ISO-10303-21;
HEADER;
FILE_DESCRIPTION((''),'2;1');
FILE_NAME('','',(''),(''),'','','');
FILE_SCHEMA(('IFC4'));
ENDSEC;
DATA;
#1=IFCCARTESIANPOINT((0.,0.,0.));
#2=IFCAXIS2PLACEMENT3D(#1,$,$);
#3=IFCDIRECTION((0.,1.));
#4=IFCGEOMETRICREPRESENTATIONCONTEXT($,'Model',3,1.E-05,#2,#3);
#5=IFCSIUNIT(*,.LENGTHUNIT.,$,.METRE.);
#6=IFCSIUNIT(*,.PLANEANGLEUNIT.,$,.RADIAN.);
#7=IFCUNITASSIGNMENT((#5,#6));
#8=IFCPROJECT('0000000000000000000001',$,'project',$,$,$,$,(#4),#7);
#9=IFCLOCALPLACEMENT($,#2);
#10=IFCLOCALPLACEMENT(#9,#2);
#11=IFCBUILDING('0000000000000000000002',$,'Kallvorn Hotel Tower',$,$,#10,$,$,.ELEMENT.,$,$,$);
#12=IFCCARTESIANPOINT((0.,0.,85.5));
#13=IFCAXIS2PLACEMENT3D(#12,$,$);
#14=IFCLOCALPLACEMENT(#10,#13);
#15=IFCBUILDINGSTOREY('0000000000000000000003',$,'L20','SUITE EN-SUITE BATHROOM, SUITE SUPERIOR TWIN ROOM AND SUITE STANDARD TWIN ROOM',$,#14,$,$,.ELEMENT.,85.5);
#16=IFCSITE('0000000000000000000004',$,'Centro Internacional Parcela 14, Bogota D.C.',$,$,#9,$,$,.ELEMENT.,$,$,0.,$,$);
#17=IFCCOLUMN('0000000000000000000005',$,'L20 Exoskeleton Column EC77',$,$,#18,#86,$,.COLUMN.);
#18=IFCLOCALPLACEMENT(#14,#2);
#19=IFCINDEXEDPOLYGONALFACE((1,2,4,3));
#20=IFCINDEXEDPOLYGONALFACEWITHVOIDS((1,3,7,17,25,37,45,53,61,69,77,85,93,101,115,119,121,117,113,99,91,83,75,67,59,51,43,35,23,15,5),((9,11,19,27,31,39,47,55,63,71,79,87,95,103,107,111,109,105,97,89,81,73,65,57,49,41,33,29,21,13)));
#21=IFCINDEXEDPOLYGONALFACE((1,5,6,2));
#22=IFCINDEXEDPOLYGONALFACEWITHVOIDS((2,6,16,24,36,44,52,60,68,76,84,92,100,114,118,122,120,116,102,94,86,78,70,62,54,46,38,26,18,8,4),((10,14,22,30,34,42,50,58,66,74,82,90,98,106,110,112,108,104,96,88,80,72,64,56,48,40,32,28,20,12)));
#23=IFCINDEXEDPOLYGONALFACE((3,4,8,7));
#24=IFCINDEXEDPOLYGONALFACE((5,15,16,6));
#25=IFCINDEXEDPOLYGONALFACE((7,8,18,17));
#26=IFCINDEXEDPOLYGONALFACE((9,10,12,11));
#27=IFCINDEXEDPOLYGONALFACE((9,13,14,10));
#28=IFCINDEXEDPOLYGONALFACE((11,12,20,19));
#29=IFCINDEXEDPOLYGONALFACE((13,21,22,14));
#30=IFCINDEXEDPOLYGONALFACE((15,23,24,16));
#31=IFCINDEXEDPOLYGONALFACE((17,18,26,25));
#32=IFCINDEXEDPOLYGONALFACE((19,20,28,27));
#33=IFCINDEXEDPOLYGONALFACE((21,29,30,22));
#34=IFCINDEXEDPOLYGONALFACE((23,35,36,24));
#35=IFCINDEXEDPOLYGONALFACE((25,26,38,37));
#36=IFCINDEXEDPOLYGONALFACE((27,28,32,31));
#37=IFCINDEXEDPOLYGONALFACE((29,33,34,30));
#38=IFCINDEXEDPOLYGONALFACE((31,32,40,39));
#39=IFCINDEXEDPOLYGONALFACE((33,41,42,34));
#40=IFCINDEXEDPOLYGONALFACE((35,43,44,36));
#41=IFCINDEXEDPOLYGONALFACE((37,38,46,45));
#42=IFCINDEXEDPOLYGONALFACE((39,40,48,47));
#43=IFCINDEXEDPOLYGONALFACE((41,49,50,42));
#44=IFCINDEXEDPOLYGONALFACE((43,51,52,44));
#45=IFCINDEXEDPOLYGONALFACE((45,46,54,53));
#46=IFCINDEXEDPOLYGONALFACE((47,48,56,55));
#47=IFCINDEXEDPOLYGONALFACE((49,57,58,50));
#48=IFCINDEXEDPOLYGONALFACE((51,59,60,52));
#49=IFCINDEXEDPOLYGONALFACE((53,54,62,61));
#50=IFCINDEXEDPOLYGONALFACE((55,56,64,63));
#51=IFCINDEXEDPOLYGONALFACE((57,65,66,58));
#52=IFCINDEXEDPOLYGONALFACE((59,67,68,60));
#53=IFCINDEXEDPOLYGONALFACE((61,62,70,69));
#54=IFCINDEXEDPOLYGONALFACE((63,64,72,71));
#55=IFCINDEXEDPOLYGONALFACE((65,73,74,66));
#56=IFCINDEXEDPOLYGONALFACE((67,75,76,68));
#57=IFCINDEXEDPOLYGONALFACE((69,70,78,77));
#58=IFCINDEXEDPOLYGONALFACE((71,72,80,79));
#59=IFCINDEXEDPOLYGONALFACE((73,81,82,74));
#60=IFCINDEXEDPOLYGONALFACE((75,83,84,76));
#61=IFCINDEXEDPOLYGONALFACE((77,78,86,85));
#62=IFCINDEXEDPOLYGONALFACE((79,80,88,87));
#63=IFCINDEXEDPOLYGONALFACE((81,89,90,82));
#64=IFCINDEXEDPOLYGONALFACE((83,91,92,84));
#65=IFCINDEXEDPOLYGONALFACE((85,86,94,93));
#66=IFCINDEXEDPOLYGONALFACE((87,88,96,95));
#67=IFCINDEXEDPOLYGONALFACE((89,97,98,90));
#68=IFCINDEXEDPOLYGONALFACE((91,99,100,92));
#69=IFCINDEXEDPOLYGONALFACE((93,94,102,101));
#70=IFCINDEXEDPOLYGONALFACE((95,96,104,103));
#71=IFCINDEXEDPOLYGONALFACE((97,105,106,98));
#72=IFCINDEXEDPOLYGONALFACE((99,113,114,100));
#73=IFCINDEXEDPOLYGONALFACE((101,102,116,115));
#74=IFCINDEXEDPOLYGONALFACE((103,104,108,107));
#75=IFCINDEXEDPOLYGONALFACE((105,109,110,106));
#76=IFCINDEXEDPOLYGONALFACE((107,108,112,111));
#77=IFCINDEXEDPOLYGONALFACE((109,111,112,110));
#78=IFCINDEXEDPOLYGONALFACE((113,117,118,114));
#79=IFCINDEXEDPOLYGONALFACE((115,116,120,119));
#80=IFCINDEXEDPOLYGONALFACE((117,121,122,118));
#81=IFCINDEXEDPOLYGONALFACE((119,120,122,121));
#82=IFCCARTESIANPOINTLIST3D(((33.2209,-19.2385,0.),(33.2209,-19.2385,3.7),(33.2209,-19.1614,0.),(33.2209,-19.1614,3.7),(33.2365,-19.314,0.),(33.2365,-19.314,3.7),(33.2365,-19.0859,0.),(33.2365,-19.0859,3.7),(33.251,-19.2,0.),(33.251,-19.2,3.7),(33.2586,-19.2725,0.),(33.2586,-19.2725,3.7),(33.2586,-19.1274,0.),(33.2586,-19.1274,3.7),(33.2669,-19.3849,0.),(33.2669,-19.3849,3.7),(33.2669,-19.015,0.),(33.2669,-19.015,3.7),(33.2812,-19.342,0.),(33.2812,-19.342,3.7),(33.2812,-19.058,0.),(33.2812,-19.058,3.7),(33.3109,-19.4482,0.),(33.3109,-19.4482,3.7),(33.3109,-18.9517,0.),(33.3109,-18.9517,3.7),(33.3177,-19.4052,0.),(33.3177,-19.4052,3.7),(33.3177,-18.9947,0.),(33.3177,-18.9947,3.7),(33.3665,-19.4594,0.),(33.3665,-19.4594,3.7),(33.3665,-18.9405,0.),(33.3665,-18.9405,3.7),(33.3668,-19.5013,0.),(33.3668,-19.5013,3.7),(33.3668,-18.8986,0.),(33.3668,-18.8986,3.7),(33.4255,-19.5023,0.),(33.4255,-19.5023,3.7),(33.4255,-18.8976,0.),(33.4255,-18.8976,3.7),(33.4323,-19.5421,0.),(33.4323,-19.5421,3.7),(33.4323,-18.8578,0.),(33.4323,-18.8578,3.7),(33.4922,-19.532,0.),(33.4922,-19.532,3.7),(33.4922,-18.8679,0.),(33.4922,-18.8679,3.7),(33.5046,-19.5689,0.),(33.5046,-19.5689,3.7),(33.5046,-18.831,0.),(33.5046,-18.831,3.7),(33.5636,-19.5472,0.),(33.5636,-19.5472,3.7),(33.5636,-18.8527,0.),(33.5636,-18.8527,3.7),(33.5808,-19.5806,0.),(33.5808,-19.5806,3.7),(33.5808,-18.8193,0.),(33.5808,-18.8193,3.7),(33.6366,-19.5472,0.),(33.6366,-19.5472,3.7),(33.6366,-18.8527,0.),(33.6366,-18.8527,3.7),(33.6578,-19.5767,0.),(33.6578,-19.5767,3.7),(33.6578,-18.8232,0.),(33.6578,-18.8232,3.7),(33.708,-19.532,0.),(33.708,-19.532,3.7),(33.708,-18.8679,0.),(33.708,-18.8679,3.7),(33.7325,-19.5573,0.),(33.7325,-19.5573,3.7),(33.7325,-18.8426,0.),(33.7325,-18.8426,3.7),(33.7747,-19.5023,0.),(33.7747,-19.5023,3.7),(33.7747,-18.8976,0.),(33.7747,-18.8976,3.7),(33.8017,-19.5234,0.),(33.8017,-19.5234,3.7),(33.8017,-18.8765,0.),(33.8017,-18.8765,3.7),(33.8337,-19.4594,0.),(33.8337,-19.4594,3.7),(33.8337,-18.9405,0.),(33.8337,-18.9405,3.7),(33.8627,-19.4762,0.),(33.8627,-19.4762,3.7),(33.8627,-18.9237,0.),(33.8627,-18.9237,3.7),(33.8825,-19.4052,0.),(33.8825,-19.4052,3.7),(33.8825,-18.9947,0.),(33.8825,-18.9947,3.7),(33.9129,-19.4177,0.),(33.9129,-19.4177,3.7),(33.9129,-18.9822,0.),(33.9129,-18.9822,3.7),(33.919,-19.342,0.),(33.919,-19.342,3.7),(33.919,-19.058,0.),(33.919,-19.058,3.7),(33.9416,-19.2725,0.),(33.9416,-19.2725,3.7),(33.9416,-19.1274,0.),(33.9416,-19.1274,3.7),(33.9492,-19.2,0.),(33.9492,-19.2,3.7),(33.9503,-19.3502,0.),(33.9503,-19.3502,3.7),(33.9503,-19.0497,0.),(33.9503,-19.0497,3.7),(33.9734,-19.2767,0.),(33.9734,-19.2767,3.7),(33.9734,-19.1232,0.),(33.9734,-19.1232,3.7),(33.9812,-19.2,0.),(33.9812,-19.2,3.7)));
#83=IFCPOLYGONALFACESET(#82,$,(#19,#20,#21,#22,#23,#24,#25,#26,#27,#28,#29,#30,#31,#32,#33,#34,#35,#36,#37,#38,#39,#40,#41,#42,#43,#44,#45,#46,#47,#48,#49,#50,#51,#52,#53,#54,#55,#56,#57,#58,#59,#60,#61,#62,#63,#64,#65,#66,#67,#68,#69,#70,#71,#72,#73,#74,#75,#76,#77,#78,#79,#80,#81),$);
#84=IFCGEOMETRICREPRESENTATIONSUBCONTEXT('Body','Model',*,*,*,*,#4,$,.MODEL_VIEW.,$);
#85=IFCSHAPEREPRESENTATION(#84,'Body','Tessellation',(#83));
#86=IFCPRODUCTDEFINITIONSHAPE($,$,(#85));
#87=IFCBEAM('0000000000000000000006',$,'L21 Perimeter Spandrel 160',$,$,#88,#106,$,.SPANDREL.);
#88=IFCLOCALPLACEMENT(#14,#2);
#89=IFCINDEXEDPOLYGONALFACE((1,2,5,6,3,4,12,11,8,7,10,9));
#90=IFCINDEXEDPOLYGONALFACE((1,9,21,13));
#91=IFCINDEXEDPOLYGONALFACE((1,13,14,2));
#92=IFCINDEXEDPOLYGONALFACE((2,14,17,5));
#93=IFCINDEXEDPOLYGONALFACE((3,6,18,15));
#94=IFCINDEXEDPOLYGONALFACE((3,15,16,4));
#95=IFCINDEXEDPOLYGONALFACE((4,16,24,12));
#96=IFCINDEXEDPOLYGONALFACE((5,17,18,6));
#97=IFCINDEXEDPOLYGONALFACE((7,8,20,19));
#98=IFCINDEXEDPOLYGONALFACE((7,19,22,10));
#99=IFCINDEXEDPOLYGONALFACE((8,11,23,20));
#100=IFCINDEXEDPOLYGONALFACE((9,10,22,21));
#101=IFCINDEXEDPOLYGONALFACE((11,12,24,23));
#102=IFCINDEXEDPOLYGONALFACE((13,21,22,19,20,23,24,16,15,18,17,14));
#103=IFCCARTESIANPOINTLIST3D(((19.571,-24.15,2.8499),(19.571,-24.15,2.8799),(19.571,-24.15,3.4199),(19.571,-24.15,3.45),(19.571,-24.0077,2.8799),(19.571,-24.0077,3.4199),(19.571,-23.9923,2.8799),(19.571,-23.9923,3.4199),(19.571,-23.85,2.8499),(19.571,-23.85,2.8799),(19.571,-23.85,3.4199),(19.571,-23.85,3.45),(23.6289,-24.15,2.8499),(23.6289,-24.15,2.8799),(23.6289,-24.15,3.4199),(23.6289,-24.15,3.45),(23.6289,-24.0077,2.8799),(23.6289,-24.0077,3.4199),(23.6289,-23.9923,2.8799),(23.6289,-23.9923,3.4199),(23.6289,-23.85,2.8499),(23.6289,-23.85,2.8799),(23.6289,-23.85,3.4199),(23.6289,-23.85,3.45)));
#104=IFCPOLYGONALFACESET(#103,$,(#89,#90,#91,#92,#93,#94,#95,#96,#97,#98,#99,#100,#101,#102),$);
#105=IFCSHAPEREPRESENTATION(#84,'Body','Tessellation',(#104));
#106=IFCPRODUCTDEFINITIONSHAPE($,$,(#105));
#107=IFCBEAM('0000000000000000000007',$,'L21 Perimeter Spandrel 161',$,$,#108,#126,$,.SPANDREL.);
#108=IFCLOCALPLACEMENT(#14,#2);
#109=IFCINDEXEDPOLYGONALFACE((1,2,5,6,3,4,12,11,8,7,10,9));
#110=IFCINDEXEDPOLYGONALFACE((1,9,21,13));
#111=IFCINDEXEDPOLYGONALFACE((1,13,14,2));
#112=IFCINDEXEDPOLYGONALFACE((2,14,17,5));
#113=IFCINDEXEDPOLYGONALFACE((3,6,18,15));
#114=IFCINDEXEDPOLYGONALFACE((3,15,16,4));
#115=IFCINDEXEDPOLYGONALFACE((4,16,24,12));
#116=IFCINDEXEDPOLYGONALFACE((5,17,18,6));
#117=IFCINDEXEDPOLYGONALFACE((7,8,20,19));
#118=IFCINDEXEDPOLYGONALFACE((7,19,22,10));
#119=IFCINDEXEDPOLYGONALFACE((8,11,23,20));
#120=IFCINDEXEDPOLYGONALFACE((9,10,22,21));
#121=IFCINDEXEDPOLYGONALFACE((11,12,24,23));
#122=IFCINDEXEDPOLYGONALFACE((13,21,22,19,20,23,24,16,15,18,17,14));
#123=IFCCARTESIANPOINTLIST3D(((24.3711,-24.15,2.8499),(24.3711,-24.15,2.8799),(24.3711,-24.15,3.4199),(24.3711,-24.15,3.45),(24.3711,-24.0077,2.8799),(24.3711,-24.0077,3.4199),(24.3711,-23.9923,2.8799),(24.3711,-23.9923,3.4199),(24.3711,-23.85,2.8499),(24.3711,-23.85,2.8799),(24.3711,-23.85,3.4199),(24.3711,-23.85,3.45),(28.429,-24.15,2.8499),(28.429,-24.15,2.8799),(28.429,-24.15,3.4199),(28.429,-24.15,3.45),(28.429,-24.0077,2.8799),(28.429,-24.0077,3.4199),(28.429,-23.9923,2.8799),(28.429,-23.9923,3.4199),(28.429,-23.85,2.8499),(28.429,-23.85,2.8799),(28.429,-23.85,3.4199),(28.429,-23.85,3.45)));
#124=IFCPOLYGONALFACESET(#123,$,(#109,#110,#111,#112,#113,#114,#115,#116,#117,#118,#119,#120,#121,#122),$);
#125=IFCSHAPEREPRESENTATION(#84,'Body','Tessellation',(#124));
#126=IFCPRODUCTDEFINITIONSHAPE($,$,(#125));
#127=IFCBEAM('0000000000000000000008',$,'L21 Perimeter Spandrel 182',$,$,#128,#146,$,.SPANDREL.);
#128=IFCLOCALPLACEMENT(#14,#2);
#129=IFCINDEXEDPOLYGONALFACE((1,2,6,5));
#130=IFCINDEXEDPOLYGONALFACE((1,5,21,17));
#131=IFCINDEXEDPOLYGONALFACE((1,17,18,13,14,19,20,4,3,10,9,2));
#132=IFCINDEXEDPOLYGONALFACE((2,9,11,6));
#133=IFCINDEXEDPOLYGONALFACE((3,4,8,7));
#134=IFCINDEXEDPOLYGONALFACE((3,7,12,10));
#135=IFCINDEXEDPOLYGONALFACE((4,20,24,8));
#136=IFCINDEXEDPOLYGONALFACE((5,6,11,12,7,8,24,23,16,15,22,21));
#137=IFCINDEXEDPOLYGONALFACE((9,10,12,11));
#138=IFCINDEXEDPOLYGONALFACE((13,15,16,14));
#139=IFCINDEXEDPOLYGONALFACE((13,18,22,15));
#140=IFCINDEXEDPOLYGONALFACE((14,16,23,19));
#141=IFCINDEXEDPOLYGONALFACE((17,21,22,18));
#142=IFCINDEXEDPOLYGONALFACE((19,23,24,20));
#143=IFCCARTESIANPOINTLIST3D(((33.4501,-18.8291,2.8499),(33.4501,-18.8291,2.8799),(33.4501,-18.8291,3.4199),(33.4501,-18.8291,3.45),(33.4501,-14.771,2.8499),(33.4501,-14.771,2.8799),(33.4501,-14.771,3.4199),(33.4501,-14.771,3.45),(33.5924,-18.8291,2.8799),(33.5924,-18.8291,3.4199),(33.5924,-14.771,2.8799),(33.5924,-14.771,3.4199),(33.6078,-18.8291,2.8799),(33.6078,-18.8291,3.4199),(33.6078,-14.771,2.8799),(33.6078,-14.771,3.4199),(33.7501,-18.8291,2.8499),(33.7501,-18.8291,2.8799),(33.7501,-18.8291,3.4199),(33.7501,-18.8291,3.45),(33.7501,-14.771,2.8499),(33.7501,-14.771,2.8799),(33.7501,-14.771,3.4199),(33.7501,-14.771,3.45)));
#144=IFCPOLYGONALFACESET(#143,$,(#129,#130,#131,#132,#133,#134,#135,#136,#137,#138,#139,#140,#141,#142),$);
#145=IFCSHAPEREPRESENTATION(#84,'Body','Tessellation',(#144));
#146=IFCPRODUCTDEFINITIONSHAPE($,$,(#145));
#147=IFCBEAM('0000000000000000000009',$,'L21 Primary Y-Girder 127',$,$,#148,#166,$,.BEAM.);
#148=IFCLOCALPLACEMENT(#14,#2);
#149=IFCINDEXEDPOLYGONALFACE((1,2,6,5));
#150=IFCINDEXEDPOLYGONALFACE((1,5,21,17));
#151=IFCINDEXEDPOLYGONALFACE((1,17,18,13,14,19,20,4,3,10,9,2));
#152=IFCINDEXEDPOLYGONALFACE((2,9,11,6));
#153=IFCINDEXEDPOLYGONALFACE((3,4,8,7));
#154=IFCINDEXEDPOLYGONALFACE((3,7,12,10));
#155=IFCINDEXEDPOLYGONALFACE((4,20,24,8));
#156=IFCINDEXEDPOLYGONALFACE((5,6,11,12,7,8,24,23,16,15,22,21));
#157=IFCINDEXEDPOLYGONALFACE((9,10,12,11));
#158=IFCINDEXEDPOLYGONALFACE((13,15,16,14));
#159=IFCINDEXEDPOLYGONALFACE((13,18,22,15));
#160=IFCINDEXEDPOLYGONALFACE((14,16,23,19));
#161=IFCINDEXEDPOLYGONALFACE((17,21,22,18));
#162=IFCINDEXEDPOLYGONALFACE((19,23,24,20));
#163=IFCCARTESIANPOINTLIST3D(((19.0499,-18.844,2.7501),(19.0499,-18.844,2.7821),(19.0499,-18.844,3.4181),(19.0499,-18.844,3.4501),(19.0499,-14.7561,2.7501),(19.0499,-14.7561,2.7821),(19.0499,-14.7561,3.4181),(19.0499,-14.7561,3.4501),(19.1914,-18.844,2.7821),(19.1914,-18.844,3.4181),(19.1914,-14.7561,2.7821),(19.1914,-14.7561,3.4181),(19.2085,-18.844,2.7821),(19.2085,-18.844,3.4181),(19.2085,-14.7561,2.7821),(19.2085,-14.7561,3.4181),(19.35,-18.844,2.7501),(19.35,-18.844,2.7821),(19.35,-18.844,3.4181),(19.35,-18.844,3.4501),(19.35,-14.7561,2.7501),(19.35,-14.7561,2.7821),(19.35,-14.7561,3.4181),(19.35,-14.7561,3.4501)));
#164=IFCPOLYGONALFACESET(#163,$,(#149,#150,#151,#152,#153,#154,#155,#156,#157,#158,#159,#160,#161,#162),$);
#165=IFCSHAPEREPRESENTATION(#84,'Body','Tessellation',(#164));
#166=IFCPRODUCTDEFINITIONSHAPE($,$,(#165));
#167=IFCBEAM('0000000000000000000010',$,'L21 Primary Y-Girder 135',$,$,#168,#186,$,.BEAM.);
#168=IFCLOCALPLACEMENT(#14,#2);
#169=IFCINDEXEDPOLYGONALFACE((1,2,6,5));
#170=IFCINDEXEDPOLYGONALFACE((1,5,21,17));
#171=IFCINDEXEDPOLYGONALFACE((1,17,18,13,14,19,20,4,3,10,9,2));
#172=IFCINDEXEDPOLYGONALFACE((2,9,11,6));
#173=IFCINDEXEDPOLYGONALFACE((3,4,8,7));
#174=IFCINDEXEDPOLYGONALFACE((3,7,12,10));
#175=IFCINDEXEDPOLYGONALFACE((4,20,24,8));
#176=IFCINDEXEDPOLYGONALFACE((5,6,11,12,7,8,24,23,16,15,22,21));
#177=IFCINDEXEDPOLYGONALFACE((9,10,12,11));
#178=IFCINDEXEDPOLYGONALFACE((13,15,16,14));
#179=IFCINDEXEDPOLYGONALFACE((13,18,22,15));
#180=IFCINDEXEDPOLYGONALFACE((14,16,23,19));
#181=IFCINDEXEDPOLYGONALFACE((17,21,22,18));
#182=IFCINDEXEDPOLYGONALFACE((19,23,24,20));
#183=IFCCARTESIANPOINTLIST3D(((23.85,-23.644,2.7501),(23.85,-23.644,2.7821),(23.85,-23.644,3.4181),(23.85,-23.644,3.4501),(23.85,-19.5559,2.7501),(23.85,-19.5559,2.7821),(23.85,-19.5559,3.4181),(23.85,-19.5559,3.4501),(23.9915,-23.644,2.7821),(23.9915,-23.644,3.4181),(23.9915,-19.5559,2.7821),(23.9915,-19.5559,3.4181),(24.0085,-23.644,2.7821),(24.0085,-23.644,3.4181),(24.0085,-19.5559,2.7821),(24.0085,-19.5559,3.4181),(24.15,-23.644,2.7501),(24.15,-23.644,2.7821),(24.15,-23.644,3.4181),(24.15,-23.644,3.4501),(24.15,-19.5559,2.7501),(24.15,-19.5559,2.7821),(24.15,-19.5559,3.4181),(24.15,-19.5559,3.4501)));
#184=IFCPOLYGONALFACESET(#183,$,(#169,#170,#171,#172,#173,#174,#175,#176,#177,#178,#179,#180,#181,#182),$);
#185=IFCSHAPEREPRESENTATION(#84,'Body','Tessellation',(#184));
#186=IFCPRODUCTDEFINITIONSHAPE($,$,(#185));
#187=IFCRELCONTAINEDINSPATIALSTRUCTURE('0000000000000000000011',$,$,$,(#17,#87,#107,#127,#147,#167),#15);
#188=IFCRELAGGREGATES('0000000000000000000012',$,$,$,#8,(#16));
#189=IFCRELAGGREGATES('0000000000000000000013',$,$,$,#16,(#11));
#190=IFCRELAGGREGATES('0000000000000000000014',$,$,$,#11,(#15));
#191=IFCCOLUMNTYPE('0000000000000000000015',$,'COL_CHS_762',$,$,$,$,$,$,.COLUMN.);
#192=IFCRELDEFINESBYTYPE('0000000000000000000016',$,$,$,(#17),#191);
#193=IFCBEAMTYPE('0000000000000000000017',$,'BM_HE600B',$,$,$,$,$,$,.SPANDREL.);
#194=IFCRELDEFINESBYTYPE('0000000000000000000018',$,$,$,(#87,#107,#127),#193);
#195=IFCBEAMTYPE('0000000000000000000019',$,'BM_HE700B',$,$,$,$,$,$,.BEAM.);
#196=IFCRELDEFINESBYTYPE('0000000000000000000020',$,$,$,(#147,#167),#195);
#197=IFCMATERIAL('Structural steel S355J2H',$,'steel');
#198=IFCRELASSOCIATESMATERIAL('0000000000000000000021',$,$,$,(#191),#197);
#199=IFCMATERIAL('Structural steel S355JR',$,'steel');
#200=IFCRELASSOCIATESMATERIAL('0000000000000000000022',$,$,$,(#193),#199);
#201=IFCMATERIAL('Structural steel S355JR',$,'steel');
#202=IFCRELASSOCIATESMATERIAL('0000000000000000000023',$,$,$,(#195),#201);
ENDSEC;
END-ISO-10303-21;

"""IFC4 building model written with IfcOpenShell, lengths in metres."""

from ifc_helpers import new_model, si_unit, direction, frame, origin, origin_2d, place, context, subcontext, project, spatial, hollow_circle, i_section, extrude, material, material_profile, profile_set, type_object, element, save


model = new_model("IFC4")

# Units and contexts
model_context = context("Model", 3, precision=1e-05, world=origin(), true_north=direction((0.0, 1.0)))
body_context = subcontext(model_context, "Body", "Model", "MODEL_VIEW")
ifc_project = project(units=[si_unit("LENGTHUNIT", "METRE"), si_unit("PLANEANGLEUNIT", "RADIAN")], contexts=[model_context])

# Site, building, storey
site_placement = place(None, origin())
site = spatial("IfcSite", under=ifc_project, at=site_placement, Name="Centro Internacional Parcela 14, Bogota D.C.", CompositionType="ELEMENT", RefElevation=0.0)
building_placement = place(site_placement, origin())
building = spatial("IfcBuilding", under=site, at=building_placement, Name="Kallvorn Hotel Tower", CompositionType="ELEMENT")
storey_placement = place(building_placement, frame((0.0, 0.0, 85.5)))
storey = spatial("IfcBuildingStorey", under=building, at=storey_placement, Name="L20", Description="SUITE EN-SUITE BATHROOM, SUITE SUPERIOR TWIN ROOM AND SUITE STANDARD TWIN ROOM", CompositionType="ELEMENT", Elevation=85.5)

# Column
ifc_material_1 = material(Name="Structural steel S355J2H", Category="steel")
ifc_material_profile_1 = material_profile(ifc_material_1, hollow_circle(Radius=0.3811, WallThickness=0.032, at=origin_2d()), Name="CHS 762x32")
ifc_profile_set_1 = profile_set([ifc_material_profile_1], Name="Structural steel S355J2H")
column_type = type_object("IfcColumnType", Name="COL_CHS_762", PredefinedType="COLUMN", material=ifc_profile_set_1)
for number, where, z_axis, x_axis, name in (
    (1, (33.6001, -19.2, 0.0), (0.0, 0.0, 1.0), (1.0, 0.0, 0.0), "L20 Exoskeleton Column EC77"),
):
    element("IfcColumn", number, at=place(storey_placement, frame(where, z_axis=z_axis, x_axis=x_axis)), inside=storey, type_object=column_type, Name=name, PredefinedType="COLUMN", context=body_context, shape_type="SweptSolid", body=[
        extrude(hollow_circle(Radius=0.3811, WallThickness=0.032, at=origin_2d()), origin(), (0.0, 0.0, 1.0), 3.7),
    ])

# Beams
ifc_material_2 = material(Name="Structural steel S355JR", Category="steel")
ifc_material_profile_2 = material_profile(ifc_material_2, i_section(OverallWidth=0.3, OverallDepth=0.6001, WebThickness=0.0154, FlangeThickness=0.03, at=origin_2d()), Name="HE 600 B")
ifc_profile_set_2 = profile_set([ifc_material_profile_2], Name="Structural steel S355JR")
beam_type_1 = type_object("IfcBeamType", Name="BM_HE600B", PredefinedType="SPANDREL", material=ifc_profile_set_2)
for number, where, z_axis, x_axis, name in (
    (2, (19.571, -24.0, 3.1499), (1.0, 0.0, 0.0), (0.0, 1.0, 0.0), "L21 Perimeter Spandrel 160"),
    (3, (24.3711, -24.0, 3.1499), (1.0, 0.0, 0.0), (0.0, 1.0, 0.0), "L21 Perimeter Spandrel 161"),
):
    element("IfcBeam", number, at=place(storey_placement, frame(where, z_axis=z_axis, x_axis=x_axis)), inside=storey, type_object=beam_type_1, Name=name, PredefinedType="SPANDREL", context=body_context, shape_type="SweptSolid", body=[
        extrude(i_section(OverallWidth=0.3, OverallDepth=0.6001, WebThickness=0.0154, FlangeThickness=0.03, at=origin_2d()), origin(), (0.0, 0.0, 1.0), 4.0579),
    ])
beam_1_placement = place(storey_placement, frame((33.6001, -18.8291, 3.1499), z_axis=(0.0, 1.0, 0.0), x_axis=(-1.0, 0.0, 0.0)))
element("IfcBeam", 4, at=beam_1_placement, inside=storey, type_object=beam_type_1, Name="L21 Perimeter Spandrel 182", PredefinedType="SPANDREL", context=body_context, shape_type="SweptSolid", body=[
    extrude(i_section(OverallWidth=0.3, OverallDepth=0.6001, WebThickness=0.0154, FlangeThickness=0.03, at=origin_2d()), origin(), (0.0, 0.0, 1.0), 4.0581),
])
ifc_material_3 = material(Name="Structural steel S355JR", Category="steel")
ifc_material_profile_3 = material_profile(ifc_material_3, i_section(OverallWidth=0.3, OverallDepth=0.7, WebThickness=0.0171, FlangeThickness=0.032, at=origin_2d()), Name="HE 700 B")
ifc_profile_set_3 = profile_set([ifc_material_profile_3], Name="Structural steel S355JR")
beam_type_2 = type_object("IfcBeamType", Name="BM_HE700B", PredefinedType="BEAM", material=ifc_profile_set_3)
beam_2_placement = place(storey_placement, frame((19.2, -18.844, 3.1001), z_axis=(0.0, 1.0, 0.0), x_axis=(-1.0, 0.0, 0.0)))
element("IfcBeam", 5, at=beam_2_placement, inside=storey, type_object=beam_type_2, Name="L21 Primary Y-Girder 127", PredefinedType="BEAM", context=body_context, shape_type="SweptSolid", body=[
    extrude(i_section(OverallWidth=0.3, OverallDepth=0.7, WebThickness=0.0171, FlangeThickness=0.032, at=origin_2d()), origin(), (0.0, 0.0, 1.0), 4.0879),
])
beam_3_placement = place(storey_placement, frame((24.0, -23.644, 3.1001), z_axis=(0.0, 1.0, 0.0), x_axis=(-1.0, 0.0, 0.0)))
element("IfcBeam", 6, at=beam_3_placement, inside=storey, type_object=beam_type_2, Name="L21 Primary Y-Girder 135", PredefinedType="BEAM", context=body_context, shape_type="SweptSolid", body=[
    extrude(i_section(OverallWidth=0.3, OverallDepth=0.7, WebThickness=0.0171, FlangeThickness=0.032, at=origin_2d()), origin(), (0.0, 0.0, 1.0), 4.0881),
])

save(model, "model.ifc")
